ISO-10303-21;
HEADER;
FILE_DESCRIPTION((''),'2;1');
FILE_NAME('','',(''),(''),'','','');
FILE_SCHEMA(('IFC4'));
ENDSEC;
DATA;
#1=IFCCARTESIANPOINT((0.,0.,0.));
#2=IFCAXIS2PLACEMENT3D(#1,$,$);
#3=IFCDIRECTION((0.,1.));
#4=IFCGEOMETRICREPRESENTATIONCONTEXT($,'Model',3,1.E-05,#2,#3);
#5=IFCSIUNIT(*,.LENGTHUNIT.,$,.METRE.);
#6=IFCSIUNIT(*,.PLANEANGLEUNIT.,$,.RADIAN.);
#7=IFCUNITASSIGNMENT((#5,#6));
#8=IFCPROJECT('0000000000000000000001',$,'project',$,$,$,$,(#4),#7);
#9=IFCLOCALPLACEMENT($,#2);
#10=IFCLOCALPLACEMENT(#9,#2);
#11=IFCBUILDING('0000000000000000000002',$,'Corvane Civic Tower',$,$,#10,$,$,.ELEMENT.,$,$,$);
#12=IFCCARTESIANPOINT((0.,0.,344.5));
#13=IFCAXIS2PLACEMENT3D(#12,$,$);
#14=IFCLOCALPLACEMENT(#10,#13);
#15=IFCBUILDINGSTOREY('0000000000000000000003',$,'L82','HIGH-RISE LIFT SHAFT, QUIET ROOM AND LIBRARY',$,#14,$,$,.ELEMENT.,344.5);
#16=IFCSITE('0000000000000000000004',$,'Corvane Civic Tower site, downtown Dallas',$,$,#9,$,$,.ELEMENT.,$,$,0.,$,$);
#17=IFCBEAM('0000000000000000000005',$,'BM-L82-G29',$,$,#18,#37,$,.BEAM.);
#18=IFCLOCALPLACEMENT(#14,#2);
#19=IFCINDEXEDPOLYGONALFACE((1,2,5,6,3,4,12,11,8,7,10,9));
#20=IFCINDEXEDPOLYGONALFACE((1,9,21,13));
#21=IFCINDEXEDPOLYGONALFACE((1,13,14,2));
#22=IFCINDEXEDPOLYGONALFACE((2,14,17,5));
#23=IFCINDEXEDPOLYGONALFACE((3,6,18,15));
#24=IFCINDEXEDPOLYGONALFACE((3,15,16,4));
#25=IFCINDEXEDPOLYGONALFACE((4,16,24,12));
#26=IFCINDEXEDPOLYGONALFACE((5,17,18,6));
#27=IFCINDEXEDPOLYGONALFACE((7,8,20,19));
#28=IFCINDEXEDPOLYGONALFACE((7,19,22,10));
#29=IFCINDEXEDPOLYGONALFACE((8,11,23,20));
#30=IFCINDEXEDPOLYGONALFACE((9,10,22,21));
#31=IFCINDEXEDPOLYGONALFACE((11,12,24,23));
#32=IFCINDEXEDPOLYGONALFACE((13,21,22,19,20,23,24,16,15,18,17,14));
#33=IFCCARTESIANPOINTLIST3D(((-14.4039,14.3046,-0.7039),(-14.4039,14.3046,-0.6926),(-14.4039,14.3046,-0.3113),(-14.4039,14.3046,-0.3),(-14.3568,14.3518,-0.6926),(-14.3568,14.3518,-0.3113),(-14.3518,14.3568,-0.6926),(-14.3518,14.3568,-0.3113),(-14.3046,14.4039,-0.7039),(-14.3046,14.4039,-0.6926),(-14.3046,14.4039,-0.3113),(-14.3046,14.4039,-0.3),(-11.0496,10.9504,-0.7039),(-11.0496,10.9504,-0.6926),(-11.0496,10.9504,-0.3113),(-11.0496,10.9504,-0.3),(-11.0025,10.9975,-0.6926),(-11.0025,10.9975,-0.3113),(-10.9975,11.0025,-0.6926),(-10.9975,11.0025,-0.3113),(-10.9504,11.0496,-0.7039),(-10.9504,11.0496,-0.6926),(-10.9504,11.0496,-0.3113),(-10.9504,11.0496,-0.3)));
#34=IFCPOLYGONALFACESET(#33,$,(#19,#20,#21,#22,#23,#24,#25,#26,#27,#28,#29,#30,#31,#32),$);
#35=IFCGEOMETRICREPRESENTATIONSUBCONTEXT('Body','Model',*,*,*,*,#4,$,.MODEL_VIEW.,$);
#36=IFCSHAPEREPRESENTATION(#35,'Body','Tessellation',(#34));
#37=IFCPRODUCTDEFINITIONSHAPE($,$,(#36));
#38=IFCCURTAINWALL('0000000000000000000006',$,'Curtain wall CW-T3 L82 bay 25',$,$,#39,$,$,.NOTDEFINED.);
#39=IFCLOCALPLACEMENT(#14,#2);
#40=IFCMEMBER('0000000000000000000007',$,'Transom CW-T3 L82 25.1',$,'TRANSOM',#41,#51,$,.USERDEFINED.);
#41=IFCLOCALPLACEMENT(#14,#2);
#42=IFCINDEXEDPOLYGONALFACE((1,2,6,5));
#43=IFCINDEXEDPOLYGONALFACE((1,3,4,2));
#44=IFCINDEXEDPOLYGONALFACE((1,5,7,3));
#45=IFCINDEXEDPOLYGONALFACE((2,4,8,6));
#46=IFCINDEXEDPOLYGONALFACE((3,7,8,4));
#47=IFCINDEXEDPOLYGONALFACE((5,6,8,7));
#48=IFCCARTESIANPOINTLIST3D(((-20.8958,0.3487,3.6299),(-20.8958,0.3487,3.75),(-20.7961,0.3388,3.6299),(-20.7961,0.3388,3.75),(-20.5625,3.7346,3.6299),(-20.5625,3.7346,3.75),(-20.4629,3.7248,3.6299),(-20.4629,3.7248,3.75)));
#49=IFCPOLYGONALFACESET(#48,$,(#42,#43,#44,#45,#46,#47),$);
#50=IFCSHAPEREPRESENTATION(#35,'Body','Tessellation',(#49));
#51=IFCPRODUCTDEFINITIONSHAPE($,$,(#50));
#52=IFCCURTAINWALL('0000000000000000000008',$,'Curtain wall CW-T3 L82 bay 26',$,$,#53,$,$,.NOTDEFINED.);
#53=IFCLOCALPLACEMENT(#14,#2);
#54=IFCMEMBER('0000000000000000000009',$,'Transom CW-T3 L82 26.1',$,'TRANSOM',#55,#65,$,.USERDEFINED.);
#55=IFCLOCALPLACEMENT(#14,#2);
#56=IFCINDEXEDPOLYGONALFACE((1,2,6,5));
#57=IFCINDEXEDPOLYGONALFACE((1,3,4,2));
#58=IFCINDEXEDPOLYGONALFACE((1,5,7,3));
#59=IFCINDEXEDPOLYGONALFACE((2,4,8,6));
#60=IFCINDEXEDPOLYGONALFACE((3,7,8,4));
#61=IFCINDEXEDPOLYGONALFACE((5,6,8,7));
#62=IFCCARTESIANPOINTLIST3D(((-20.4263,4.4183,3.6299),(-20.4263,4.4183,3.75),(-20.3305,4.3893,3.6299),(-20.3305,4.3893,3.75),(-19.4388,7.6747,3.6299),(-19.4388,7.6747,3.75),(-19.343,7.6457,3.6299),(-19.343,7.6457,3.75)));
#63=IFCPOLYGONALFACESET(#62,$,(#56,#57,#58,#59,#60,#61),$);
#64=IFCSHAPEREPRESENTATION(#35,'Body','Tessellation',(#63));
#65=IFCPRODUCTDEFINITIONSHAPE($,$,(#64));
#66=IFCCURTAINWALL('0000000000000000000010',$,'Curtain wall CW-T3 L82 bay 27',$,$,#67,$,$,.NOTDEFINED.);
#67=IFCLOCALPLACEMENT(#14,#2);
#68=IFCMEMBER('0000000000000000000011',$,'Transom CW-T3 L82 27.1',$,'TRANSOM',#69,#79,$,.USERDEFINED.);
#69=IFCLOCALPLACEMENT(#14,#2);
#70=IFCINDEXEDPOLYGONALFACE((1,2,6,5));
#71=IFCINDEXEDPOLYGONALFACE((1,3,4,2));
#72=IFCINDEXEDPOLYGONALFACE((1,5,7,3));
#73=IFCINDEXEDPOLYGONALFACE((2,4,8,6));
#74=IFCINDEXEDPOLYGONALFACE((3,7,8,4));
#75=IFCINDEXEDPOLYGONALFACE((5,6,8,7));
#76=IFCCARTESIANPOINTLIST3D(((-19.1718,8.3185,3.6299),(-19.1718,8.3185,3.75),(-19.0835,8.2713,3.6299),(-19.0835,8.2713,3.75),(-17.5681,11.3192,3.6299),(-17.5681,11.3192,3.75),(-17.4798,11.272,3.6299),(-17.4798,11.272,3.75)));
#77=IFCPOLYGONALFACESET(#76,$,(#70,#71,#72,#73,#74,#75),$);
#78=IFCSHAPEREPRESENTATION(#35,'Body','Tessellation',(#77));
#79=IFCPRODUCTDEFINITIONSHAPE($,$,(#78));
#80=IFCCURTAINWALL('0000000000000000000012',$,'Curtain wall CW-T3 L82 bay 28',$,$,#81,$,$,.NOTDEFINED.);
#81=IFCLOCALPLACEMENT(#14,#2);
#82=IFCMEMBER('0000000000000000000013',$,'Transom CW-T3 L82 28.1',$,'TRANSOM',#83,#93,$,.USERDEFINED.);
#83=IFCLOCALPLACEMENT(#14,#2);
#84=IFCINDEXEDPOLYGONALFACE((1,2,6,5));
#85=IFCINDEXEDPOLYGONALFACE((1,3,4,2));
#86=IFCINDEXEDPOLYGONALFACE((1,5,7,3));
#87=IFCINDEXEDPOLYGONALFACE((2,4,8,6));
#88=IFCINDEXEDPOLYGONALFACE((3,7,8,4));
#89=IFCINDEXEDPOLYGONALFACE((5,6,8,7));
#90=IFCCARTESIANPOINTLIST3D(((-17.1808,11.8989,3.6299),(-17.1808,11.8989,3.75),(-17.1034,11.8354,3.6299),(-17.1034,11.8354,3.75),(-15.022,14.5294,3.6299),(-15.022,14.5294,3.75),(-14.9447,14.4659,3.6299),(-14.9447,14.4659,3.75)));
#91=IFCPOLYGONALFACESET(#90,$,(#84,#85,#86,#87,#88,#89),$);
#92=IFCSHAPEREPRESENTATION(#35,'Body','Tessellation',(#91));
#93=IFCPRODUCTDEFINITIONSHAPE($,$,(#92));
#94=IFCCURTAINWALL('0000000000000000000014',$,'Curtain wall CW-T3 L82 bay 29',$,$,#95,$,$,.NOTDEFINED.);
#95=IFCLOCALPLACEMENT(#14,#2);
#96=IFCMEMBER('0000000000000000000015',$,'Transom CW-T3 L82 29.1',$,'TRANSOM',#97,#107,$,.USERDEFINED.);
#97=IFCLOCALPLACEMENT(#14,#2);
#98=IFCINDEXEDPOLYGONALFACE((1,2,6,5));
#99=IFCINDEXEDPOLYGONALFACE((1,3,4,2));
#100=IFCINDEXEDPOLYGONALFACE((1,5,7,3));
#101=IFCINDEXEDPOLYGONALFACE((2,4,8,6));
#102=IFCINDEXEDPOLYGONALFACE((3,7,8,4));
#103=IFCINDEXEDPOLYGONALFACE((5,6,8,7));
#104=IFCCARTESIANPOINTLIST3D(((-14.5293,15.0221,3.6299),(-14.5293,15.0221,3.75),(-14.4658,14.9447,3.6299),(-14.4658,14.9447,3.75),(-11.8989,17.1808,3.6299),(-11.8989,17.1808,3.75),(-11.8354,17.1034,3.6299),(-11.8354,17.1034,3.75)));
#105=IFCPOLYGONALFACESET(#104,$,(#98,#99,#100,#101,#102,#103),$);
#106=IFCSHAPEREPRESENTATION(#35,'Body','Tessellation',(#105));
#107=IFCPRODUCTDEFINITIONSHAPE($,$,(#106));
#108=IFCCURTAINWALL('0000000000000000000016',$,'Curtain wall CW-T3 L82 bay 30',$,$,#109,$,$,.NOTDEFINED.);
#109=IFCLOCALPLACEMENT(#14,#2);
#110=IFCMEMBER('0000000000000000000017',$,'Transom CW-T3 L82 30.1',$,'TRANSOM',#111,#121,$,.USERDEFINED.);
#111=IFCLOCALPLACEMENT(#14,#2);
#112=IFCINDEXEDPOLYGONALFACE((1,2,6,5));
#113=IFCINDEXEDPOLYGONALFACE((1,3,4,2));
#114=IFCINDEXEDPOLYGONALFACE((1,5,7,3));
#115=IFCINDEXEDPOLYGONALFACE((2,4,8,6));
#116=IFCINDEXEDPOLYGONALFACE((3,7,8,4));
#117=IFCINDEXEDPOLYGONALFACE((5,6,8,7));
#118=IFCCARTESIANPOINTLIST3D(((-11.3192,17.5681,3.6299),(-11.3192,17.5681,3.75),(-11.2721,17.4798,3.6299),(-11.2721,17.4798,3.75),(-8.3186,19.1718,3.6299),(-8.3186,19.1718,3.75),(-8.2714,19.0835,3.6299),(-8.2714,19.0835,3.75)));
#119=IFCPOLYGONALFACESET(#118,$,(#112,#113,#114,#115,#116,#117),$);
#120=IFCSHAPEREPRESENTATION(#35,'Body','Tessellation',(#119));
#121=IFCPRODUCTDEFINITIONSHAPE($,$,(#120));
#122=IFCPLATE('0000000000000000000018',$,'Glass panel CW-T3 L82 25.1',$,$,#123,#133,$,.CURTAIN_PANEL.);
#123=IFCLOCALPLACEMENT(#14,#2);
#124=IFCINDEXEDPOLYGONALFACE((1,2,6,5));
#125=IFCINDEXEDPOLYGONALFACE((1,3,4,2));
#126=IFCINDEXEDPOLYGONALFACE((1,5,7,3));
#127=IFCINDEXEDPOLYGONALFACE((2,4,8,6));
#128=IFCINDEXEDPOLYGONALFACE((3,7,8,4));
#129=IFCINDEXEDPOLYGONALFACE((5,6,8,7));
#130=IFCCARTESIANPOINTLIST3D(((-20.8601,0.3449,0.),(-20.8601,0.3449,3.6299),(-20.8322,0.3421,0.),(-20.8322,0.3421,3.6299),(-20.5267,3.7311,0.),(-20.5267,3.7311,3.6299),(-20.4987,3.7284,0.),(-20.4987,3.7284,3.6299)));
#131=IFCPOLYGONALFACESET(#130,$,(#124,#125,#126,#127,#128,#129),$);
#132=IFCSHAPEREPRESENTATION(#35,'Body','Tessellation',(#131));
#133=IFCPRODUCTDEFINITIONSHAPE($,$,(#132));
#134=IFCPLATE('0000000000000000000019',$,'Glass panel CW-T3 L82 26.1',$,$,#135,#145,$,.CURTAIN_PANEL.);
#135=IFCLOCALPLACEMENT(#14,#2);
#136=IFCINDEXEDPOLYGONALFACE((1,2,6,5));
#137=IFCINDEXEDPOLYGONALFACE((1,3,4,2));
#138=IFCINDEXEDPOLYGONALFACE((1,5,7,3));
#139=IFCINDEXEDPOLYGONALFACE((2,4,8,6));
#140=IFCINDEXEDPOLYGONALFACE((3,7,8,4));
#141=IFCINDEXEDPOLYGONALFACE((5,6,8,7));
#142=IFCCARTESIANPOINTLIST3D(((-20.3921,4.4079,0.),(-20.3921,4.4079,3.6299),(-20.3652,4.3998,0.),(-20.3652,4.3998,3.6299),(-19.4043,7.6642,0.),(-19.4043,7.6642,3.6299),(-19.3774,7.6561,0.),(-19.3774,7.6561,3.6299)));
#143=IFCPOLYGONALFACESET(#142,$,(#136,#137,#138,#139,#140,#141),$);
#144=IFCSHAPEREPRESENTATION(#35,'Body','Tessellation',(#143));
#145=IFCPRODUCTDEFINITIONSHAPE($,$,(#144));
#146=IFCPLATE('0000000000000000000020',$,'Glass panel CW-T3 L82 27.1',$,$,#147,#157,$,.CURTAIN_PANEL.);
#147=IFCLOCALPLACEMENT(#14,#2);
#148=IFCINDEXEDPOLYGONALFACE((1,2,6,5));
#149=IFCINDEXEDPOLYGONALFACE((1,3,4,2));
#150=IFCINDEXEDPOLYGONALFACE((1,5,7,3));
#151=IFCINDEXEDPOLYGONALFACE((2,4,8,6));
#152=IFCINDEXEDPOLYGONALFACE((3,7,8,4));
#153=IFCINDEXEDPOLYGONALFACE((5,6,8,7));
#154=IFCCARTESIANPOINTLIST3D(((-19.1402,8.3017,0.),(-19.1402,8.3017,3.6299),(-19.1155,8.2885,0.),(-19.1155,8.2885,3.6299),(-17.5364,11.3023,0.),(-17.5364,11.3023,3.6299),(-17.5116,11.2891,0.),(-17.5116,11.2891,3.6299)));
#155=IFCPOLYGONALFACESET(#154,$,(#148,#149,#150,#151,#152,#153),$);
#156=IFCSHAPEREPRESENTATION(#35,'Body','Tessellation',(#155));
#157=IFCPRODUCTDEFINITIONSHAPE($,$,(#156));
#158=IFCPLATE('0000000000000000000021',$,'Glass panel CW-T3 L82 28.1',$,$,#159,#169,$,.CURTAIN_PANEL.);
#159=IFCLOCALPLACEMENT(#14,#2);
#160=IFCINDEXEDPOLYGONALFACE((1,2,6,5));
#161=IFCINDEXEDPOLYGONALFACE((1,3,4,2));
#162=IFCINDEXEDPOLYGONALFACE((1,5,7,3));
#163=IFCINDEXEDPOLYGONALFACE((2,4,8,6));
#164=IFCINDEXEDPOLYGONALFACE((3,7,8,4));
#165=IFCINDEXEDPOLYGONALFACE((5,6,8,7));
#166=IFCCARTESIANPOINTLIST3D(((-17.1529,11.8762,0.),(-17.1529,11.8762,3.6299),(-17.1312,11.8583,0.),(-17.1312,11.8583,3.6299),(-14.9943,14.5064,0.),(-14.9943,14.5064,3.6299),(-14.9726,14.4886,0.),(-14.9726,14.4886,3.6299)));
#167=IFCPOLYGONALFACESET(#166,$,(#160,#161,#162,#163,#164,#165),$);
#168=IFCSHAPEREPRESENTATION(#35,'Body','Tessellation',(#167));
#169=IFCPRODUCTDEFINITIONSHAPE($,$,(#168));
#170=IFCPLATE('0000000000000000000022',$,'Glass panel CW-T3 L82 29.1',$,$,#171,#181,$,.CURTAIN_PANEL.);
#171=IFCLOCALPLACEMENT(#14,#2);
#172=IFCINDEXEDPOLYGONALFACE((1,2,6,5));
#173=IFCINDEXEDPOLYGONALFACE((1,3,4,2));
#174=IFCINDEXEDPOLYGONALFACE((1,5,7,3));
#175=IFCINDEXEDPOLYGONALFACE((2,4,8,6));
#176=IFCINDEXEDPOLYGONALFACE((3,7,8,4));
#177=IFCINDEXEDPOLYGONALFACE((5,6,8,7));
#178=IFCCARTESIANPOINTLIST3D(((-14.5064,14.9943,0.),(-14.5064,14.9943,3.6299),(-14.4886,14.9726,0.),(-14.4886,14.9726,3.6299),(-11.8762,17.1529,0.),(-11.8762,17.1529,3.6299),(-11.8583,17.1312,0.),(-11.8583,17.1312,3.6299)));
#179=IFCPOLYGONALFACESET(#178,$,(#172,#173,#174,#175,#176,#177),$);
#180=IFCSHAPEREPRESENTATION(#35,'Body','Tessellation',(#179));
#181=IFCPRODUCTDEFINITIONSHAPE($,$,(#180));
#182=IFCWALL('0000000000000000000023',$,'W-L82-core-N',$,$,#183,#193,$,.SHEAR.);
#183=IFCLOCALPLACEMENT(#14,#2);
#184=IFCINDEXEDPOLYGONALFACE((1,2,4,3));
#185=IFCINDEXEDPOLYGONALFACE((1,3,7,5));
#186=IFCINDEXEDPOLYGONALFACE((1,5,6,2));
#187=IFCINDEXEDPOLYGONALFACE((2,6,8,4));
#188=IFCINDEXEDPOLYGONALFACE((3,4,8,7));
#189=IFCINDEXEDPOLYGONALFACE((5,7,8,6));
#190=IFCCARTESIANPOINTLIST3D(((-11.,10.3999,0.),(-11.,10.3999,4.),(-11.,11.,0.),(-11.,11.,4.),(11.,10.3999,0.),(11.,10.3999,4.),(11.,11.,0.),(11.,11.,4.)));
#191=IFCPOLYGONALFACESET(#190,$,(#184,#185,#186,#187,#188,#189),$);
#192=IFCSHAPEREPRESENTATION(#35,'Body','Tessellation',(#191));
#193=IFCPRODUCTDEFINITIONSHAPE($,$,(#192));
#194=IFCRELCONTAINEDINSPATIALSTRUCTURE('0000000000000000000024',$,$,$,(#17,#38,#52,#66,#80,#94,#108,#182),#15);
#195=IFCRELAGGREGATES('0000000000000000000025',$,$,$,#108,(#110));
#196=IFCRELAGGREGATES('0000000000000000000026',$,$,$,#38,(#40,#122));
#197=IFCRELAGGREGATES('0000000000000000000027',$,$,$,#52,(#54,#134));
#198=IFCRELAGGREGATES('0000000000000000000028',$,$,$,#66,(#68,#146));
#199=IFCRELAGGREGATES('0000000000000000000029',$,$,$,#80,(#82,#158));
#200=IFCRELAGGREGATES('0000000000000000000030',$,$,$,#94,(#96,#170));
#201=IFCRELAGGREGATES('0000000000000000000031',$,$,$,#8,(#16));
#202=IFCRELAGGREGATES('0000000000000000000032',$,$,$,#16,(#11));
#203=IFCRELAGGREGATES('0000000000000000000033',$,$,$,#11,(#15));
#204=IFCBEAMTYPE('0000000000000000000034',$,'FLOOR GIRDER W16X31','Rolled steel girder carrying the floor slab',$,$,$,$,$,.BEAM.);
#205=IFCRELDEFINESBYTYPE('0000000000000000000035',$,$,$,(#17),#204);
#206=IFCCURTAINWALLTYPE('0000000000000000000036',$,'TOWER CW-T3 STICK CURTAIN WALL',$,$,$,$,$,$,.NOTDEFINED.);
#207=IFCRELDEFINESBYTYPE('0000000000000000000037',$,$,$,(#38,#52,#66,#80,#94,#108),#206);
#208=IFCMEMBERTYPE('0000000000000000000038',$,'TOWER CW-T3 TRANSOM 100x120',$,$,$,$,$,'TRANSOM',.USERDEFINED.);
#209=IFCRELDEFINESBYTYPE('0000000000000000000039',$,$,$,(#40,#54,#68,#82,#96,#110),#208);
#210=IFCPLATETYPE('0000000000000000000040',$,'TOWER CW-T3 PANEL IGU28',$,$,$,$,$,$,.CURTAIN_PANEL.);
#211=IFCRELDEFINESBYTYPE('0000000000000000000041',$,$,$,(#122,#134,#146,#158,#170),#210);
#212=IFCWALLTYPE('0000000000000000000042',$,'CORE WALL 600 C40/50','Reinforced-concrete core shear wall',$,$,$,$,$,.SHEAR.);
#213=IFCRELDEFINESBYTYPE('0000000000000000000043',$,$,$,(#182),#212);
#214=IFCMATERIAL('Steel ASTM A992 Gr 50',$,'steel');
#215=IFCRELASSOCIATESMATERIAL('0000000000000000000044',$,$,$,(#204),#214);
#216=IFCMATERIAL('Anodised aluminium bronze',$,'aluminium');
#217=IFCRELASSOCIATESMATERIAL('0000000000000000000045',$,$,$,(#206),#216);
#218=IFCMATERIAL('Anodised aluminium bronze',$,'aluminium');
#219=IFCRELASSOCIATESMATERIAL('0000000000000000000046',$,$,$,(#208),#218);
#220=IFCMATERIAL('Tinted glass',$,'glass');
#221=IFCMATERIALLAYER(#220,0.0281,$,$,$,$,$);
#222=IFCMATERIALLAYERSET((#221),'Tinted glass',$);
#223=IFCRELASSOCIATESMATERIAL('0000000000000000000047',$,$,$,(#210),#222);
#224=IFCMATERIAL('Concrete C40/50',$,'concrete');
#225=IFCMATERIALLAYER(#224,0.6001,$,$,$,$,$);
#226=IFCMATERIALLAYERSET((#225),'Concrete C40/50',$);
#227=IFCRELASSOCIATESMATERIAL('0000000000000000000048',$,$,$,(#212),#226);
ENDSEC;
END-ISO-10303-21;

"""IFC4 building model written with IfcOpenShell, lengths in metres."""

from ifc_helpers import new_model, si_unit, direction, frame, frame_2d, origin, origin_2d, place, context, subcontext, project, spatial, rectangle, i_section, extrude, material, layer, layer_set, material_profile, profile_set, type_object, element, aggregate, save


model = new_model("IFC4")

# Units and contexts
model_context = context("Model", 3, precision=1e-05, world=origin(), true_north=direction((0.0, 1.0)))
body_context = subcontext(model_context, "Body", "Model", "MODEL_VIEW")
ifc_project = project(units=[si_unit("LENGTHUNIT", "METRE"), si_unit("PLANEANGLEUNIT", "RADIAN")], contexts=[model_context])

# Site, building, storey
site_placement = place(None, origin())
site = spatial("IfcSite", under=ifc_project, at=site_placement, Name="Corvane Civic Tower site, downtown Dallas", CompositionType="ELEMENT", RefElevation=0.0)
building_placement = place(site_placement, origin())
building = spatial("IfcBuilding", under=site, at=building_placement, Name="Corvane Civic Tower", CompositionType="ELEMENT")
storey_placement = place(building_placement, frame((0.0, 0.0, 344.5)))
storey = spatial("IfcBuildingStorey", under=building, at=storey_placement, Name="L82", Description="HIGH-RISE LIFT SHAFT, QUIET ROOM AND LIBRARY", CompositionType="ELEMENT", Elevation=344.5)

# Beam
ifc_material_1 = material(Name="Steel ASTM A992 Gr 50", Category="steel")
ifc_material_profile_1 = material_profile(ifc_material_1, i_section(OverallWidth=0.1404, OverallDepth=0.4038, WebThickness=0.0071, FlangeThickness=0.0112, at=origin_2d()), Name="W16X31")
ifc_profile_set_1 = profile_set([ifc_material_profile_1], Name="Steel ASTM A992 Gr 50")
beam_type_1 = type_object("IfcBeamType", Name="FLOOR GIRDER W16X31", Description="Rolled steel girder carrying the floor slab", PredefinedType="BEAM", material=ifc_profile_set_1)
beam_1_placement = place(storey_placement, frame((-11.0, 11.0, -0.502), z_axis=(-0.707107, 0.707107, 0.0), x_axis=(-0.707107, -0.707107, 0.0)))
element("IfcBeam", 1, at=beam_1_placement, inside=storey, type_object=beam_type_1, Name="BM-L82-G29", PredefinedType="BEAM", context=body_context, shape_type="SweptSolid", body=[
    extrude(i_section(OverallWidth=0.1404, OverallDepth=0.4038, WebThickness=0.0071, FlangeThickness=0.0112, at=origin_2d()), origin(), (0.0, 0.0, 1.0), 4.7437),
])

# Curtain walls, members
ifc_material_2 = material(Name="Anodised aluminium bronze", Category="aluminium")
curtain_wall_type = type_object("IfcCurtainWallType", Name="TOWER CW-T3 STICK CURTAIN WALL", PredefinedType="NOTDEFINED", material=ifc_material_2)
curtain_wall_1_placement = place(storey_placement, origin())
curtain_wall_1 = element("IfcCurtainWall", 2, at=curtain_wall_1_placement, inside=storey, type_object=curtain_wall_type, Name="Curtain wall CW-T3 L82 bay 25", PredefinedType="NOTDEFINED")
ifc_material_3 = material(Name="Anodised aluminium bronze", Category="aluminium")
ifc_material_profile_2 = material_profile(ifc_material_3, rectangle(XDim=0.1001, YDim=0.1201, at=origin_2d()), Name="TOWER CW-T3 TRANSOM 100x120")
ifc_profile_set_2 = profile_set([ifc_material_profile_2], Name="Anodised aluminium bronze")
member_type = type_object("IfcMemberType", Name="TOWER CW-T3 TRANSOM 100x120", ElementType="TRANSOM", PredefinedType="USERDEFINED", material=ifc_profile_set_2)
member_1_placement = place(storey_placement, frame((-20.8459, 0.3438, 3.6899), z_axis=(0.097948, 0.995192, 0.0), x_axis=(-0.995192, 0.097948, 0.0)))
member_1 = element("IfcMember", 3, at=member_1_placement, type_object=member_type, Name="Transom CW-T3 L82 25.1", ObjectType="TRANSOM", PredefinedType="USERDEFINED", context=body_context, shape_type="SweptSolid", body=[
    extrude(rectangle(XDim=0.1001, YDim=0.1201, at=origin_2d()), origin(), (0.0, 0.0, 1.0), 3.4023),
])
curtain_wall_2_placement = place(storey_placement, origin())
curtain_wall_2 = element("IfcCurtainWall", 4, at=curtain_wall_2_placement, inside=storey, type_object=curtain_wall_type, Name="Curtain wall CW-T3 L82 bay 26", PredefinedType="NOTDEFINED")
member_2_placement = place(storey_placement, frame((-20.3784, 4.4038, 3.6899), z_axis=(0.290216, 0.956961, 0.0), x_axis=(-0.956961, 0.290216, 0.0)))
member_2 = element("IfcMember", 5, at=member_2_placement, type_object=member_type, Name="Transom CW-T3 L82 26.1", ObjectType="TRANSOM", PredefinedType="USERDEFINED", context=body_context, shape_type="SweptSolid", body=[
    extrude(rectangle(XDim=0.1001, YDim=0.1201, at=origin_2d()), origin(), (0.0, 0.0, 1.0), 3.4028),
])
curtain_wall_3_placement = place(storey_placement, origin())
curtain_wall_3 = element("IfcCurtainWall", 6, at=curtain_wall_3_placement, inside=storey, type_object=curtain_wall_type, Name="Curtain wall CW-T3 L82 bay 27", PredefinedType="NOTDEFINED")
member_3_placement = place(storey_placement, frame((-19.1277, 8.2949, 3.6899), z_axis=(0.471359, 0.881941, 0.0), x_axis=(-0.881941, 0.471359, 0.0)))
member_3 = element("IfcMember", 7, at=member_3_placement, type_object=member_type, Name="Transom CW-T3 L82 27.1", ObjectType="TRANSOM", PredefinedType="USERDEFINED", context=body_context, shape_type="SweptSolid", body=[
    extrude(rectangle(XDim=0.1001, YDim=0.1201, at=origin_2d()), origin(), (0.0, 0.0, 1.0), 3.4023),
])
curtain_wall_4_placement = place(storey_placement, origin())
curtain_wall_4 = element("IfcCurtainWall", 8, at=curtain_wall_4_placement, inside=storey, type_object=curtain_wall_type, Name="Curtain wall CW-T3 L82 bay 28", PredefinedType="NOTDEFINED")
member_4_placement = place(storey_placement, frame((-17.1421, 11.8672, 3.6899), z_axis=(0.634394, 0.77301, 0.0), x_axis=(-0.77301, 0.634394, 0.0)))
member_4 = element("IfcMember", 9, at=member_4_placement, type_object=member_type, Name="Transom CW-T3 L82 28.1", ObjectType="TRANSOM", PredefinedType="USERDEFINED", context=body_context, shape_type="SweptSolid", body=[
    extrude(rectangle(XDim=0.1001, YDim=0.1201, at=origin_2d()), origin(), (0.0, 0.0, 1.0), 3.4028),
])
curtain_wall_5_placement = place(storey_placement, origin())
curtain_wall_5 = element("IfcCurtainWall", 10, at=curtain_wall_5_placement, inside=storey, type_object=curtain_wall_type, Name="Curtain wall CW-T3 L82 bay 29", PredefinedType="NOTDEFINED")
member_5_placement = place(storey_placement, frame((-14.4976, 14.9834, 3.6899), z_axis=(0.77301, 0.634394, 0.0), x_axis=(-0.634394, 0.77301, 0.0)))
member_5 = element("IfcMember", 11, at=member_5_placement, type_object=member_type, Name="Transom CW-T3 L82 29.1", ObjectType="TRANSOM", PredefinedType="USERDEFINED", context=body_context, shape_type="SweptSolid", body=[
    extrude(rectangle(XDim=0.1001, YDim=0.1201, at=origin_2d()), origin(), (0.0, 0.0, 1.0), 3.4028),
])
curtain_wall_6_placement = place(storey_placement, origin())
curtain_wall_6 = element("IfcCurtainWall", 12, at=curtain_wall_6_placement, inside=storey, type_object=curtain_wall_type, Name="Curtain wall CW-T3 L82 bay 30", PredefinedType="NOTDEFINED")
member_6_placement = place(storey_placement, frame((-11.2957, 17.5239, 3.6899), z_axis=(0.881941, 0.471359, 0.0), x_axis=(-0.471359, 0.881941, 0.0)))
member_6 = element("IfcMember", 13, at=member_6_placement, type_object=member_type, Name="Transom CW-T3 L82 30.1", ObjectType="TRANSOM", PredefinedType="USERDEFINED", context=body_context, shape_type="SweptSolid", body=[
    extrude(rectangle(XDim=0.1001, YDim=0.1201, at=origin_2d()), origin(), (0.0, 0.0, 1.0), 3.4023),
])
aggregate(curtain_wall_6, [member_6])

# Plates
ifc_material_4 = material(Name="Tinted glass", Category="glass")
ifc_layer_1 = layer(ifc_material_4, 0.0281)
ifc_layer_set_1 = layer_set([ifc_layer_1], Name="Tinted glass")
plate_type = type_object("IfcPlateType", Name="TOWER CW-T3 PANEL IGU28", PredefinedType="CURTAIN_PANEL", material=ifc_layer_set_1)
plate_1_placement = place(storey_placement, frame((-20.6794, 2.0366, 0.0), z_axis=(0.0, 0.0, 1.0), x_axis=(0.097998, 0.995187, 0.0)))
plate_1 = element("IfcPlate", 14, at=plate_1_placement, type_object=plate_type, Name="Glass panel CW-T3 L82 25.1", PredefinedType="CURTAIN_PANEL", context=body_context, shape_type="SweptSolid", body=[
    extrude(rectangle(XDim=3.4026, YDim=0.0281, at=origin_2d()), origin(), (0.0, 0.0, 1.0), 3.6299),
])
aggregate(curtain_wall_1, [member_1, plate_1])
plate_2_placement = place(storey_placement, frame((-19.8848, 6.032, 0.0), z_axis=(0.0, 0.0, 1.0), x_axis=(0.29029, 0.956939, 0.0)))
plate_2 = element("IfcPlate", 15, at=plate_2_placement, type_object=plate_type, Name="Glass panel CW-T3 L82 26.1", PredefinedType="CURTAIN_PANEL", context=body_context, shape_type="SweptSolid", body=[
    extrude(rectangle(XDim=3.4028, YDim=0.0281, at=origin_2d()), origin(), (0.0, 0.0, 1.0), 3.6299),
])
aggregate(curtain_wall_2, [member_2, plate_2])
plate_3_placement = place(storey_placement, frame((-18.3259, 9.7954, 0.0), z_axis=(0.0, 0.0, 1.0), x_axis=(0.471384, 0.881928, 0.0)))
plate_3 = element("IfcPlate", 16, at=plate_3_placement, type_object=plate_type, Name="Glass panel CW-T3 L82 27.1", PredefinedType="CURTAIN_PANEL", context=body_context, shape_type="SweptSolid", body=[
    extrude(rectangle(XDim=3.4023, YDim=0.0281, at=origin_2d()), origin(), (0.0, 0.0, 1.0), 3.6299),
])
aggregate(curtain_wall_3, [member_3, plate_3])
plate_4_placement = place(storey_placement, frame((-16.0627, 13.1824, 0.0), z_axis=(0.0, 0.0, 1.0), x_axis=(0.634393, 0.77301, 0.0)))
plate_4 = element("IfcPlate", 17, at=plate_4_placement, type_object=plate_type, Name="Glass panel CW-T3 L82 28.1", PredefinedType="CURTAIN_PANEL", context=body_context, shape_type="SweptSolid", body=[
    extrude(rectangle(XDim=3.4026, YDim=0.0281, at=origin_2d()), origin(), (0.0, 0.0, 1.0), 3.6299),
])
aggregate(curtain_wall_4, [member_4, plate_4])
plate_5_placement = place(storey_placement, frame((-13.1824, 16.0627, 0.0), z_axis=(0.0, 0.0, 1.0), x_axis=(0.77301, 0.634393, 0.0)))
plate_5 = element("IfcPlate", 18, at=plate_5_placement, type_object=plate_type, Name="Glass panel CW-T3 L82 29.1", PredefinedType="CURTAIN_PANEL", context=body_context, shape_type="SweptSolid", body=[
    extrude(rectangle(XDim=3.4026, YDim=0.0281, at=origin_2d()), origin(), (0.0, 0.0, 1.0), 3.6299),
])
aggregate(curtain_wall_5, [member_5, plate_5])

# Wall
ifc_material_5 = material(Name="Concrete C40/50", Category="concrete")
ifc_layer_2 = layer(ifc_material_5, 0.6001)
ifc_layer_set_2 = layer_set([ifc_layer_2], Name="Concrete C40/50")
wall_type_1 = type_object("IfcWallType", Name="CORE WALL 600 C40/50", Description="Reinforced-concrete core shear wall", PredefinedType="SHEAR", material=ifc_layer_set_2)
wall_1_placement = place(storey_placement, frame((-11.0, 10.7, 0.0), z_axis=(0.0, 0.0, 1.0), x_axis=(1.0, 0.0, 0.0)))
element("IfcWall", 19, at=wall_1_placement, inside=storey, type_object=wall_type_1, Name="W-L82-core-N", PredefinedType="SHEAR", context=body_context, shape_type="SweptSolid", body=[
    extrude(rectangle(XDim=22.0, YDim=0.6001, at=frame_2d((11.0, 0.0))), origin(), (0.0, 0.0, 1.0), 4.0),
])

save(model, "model.ifc")
